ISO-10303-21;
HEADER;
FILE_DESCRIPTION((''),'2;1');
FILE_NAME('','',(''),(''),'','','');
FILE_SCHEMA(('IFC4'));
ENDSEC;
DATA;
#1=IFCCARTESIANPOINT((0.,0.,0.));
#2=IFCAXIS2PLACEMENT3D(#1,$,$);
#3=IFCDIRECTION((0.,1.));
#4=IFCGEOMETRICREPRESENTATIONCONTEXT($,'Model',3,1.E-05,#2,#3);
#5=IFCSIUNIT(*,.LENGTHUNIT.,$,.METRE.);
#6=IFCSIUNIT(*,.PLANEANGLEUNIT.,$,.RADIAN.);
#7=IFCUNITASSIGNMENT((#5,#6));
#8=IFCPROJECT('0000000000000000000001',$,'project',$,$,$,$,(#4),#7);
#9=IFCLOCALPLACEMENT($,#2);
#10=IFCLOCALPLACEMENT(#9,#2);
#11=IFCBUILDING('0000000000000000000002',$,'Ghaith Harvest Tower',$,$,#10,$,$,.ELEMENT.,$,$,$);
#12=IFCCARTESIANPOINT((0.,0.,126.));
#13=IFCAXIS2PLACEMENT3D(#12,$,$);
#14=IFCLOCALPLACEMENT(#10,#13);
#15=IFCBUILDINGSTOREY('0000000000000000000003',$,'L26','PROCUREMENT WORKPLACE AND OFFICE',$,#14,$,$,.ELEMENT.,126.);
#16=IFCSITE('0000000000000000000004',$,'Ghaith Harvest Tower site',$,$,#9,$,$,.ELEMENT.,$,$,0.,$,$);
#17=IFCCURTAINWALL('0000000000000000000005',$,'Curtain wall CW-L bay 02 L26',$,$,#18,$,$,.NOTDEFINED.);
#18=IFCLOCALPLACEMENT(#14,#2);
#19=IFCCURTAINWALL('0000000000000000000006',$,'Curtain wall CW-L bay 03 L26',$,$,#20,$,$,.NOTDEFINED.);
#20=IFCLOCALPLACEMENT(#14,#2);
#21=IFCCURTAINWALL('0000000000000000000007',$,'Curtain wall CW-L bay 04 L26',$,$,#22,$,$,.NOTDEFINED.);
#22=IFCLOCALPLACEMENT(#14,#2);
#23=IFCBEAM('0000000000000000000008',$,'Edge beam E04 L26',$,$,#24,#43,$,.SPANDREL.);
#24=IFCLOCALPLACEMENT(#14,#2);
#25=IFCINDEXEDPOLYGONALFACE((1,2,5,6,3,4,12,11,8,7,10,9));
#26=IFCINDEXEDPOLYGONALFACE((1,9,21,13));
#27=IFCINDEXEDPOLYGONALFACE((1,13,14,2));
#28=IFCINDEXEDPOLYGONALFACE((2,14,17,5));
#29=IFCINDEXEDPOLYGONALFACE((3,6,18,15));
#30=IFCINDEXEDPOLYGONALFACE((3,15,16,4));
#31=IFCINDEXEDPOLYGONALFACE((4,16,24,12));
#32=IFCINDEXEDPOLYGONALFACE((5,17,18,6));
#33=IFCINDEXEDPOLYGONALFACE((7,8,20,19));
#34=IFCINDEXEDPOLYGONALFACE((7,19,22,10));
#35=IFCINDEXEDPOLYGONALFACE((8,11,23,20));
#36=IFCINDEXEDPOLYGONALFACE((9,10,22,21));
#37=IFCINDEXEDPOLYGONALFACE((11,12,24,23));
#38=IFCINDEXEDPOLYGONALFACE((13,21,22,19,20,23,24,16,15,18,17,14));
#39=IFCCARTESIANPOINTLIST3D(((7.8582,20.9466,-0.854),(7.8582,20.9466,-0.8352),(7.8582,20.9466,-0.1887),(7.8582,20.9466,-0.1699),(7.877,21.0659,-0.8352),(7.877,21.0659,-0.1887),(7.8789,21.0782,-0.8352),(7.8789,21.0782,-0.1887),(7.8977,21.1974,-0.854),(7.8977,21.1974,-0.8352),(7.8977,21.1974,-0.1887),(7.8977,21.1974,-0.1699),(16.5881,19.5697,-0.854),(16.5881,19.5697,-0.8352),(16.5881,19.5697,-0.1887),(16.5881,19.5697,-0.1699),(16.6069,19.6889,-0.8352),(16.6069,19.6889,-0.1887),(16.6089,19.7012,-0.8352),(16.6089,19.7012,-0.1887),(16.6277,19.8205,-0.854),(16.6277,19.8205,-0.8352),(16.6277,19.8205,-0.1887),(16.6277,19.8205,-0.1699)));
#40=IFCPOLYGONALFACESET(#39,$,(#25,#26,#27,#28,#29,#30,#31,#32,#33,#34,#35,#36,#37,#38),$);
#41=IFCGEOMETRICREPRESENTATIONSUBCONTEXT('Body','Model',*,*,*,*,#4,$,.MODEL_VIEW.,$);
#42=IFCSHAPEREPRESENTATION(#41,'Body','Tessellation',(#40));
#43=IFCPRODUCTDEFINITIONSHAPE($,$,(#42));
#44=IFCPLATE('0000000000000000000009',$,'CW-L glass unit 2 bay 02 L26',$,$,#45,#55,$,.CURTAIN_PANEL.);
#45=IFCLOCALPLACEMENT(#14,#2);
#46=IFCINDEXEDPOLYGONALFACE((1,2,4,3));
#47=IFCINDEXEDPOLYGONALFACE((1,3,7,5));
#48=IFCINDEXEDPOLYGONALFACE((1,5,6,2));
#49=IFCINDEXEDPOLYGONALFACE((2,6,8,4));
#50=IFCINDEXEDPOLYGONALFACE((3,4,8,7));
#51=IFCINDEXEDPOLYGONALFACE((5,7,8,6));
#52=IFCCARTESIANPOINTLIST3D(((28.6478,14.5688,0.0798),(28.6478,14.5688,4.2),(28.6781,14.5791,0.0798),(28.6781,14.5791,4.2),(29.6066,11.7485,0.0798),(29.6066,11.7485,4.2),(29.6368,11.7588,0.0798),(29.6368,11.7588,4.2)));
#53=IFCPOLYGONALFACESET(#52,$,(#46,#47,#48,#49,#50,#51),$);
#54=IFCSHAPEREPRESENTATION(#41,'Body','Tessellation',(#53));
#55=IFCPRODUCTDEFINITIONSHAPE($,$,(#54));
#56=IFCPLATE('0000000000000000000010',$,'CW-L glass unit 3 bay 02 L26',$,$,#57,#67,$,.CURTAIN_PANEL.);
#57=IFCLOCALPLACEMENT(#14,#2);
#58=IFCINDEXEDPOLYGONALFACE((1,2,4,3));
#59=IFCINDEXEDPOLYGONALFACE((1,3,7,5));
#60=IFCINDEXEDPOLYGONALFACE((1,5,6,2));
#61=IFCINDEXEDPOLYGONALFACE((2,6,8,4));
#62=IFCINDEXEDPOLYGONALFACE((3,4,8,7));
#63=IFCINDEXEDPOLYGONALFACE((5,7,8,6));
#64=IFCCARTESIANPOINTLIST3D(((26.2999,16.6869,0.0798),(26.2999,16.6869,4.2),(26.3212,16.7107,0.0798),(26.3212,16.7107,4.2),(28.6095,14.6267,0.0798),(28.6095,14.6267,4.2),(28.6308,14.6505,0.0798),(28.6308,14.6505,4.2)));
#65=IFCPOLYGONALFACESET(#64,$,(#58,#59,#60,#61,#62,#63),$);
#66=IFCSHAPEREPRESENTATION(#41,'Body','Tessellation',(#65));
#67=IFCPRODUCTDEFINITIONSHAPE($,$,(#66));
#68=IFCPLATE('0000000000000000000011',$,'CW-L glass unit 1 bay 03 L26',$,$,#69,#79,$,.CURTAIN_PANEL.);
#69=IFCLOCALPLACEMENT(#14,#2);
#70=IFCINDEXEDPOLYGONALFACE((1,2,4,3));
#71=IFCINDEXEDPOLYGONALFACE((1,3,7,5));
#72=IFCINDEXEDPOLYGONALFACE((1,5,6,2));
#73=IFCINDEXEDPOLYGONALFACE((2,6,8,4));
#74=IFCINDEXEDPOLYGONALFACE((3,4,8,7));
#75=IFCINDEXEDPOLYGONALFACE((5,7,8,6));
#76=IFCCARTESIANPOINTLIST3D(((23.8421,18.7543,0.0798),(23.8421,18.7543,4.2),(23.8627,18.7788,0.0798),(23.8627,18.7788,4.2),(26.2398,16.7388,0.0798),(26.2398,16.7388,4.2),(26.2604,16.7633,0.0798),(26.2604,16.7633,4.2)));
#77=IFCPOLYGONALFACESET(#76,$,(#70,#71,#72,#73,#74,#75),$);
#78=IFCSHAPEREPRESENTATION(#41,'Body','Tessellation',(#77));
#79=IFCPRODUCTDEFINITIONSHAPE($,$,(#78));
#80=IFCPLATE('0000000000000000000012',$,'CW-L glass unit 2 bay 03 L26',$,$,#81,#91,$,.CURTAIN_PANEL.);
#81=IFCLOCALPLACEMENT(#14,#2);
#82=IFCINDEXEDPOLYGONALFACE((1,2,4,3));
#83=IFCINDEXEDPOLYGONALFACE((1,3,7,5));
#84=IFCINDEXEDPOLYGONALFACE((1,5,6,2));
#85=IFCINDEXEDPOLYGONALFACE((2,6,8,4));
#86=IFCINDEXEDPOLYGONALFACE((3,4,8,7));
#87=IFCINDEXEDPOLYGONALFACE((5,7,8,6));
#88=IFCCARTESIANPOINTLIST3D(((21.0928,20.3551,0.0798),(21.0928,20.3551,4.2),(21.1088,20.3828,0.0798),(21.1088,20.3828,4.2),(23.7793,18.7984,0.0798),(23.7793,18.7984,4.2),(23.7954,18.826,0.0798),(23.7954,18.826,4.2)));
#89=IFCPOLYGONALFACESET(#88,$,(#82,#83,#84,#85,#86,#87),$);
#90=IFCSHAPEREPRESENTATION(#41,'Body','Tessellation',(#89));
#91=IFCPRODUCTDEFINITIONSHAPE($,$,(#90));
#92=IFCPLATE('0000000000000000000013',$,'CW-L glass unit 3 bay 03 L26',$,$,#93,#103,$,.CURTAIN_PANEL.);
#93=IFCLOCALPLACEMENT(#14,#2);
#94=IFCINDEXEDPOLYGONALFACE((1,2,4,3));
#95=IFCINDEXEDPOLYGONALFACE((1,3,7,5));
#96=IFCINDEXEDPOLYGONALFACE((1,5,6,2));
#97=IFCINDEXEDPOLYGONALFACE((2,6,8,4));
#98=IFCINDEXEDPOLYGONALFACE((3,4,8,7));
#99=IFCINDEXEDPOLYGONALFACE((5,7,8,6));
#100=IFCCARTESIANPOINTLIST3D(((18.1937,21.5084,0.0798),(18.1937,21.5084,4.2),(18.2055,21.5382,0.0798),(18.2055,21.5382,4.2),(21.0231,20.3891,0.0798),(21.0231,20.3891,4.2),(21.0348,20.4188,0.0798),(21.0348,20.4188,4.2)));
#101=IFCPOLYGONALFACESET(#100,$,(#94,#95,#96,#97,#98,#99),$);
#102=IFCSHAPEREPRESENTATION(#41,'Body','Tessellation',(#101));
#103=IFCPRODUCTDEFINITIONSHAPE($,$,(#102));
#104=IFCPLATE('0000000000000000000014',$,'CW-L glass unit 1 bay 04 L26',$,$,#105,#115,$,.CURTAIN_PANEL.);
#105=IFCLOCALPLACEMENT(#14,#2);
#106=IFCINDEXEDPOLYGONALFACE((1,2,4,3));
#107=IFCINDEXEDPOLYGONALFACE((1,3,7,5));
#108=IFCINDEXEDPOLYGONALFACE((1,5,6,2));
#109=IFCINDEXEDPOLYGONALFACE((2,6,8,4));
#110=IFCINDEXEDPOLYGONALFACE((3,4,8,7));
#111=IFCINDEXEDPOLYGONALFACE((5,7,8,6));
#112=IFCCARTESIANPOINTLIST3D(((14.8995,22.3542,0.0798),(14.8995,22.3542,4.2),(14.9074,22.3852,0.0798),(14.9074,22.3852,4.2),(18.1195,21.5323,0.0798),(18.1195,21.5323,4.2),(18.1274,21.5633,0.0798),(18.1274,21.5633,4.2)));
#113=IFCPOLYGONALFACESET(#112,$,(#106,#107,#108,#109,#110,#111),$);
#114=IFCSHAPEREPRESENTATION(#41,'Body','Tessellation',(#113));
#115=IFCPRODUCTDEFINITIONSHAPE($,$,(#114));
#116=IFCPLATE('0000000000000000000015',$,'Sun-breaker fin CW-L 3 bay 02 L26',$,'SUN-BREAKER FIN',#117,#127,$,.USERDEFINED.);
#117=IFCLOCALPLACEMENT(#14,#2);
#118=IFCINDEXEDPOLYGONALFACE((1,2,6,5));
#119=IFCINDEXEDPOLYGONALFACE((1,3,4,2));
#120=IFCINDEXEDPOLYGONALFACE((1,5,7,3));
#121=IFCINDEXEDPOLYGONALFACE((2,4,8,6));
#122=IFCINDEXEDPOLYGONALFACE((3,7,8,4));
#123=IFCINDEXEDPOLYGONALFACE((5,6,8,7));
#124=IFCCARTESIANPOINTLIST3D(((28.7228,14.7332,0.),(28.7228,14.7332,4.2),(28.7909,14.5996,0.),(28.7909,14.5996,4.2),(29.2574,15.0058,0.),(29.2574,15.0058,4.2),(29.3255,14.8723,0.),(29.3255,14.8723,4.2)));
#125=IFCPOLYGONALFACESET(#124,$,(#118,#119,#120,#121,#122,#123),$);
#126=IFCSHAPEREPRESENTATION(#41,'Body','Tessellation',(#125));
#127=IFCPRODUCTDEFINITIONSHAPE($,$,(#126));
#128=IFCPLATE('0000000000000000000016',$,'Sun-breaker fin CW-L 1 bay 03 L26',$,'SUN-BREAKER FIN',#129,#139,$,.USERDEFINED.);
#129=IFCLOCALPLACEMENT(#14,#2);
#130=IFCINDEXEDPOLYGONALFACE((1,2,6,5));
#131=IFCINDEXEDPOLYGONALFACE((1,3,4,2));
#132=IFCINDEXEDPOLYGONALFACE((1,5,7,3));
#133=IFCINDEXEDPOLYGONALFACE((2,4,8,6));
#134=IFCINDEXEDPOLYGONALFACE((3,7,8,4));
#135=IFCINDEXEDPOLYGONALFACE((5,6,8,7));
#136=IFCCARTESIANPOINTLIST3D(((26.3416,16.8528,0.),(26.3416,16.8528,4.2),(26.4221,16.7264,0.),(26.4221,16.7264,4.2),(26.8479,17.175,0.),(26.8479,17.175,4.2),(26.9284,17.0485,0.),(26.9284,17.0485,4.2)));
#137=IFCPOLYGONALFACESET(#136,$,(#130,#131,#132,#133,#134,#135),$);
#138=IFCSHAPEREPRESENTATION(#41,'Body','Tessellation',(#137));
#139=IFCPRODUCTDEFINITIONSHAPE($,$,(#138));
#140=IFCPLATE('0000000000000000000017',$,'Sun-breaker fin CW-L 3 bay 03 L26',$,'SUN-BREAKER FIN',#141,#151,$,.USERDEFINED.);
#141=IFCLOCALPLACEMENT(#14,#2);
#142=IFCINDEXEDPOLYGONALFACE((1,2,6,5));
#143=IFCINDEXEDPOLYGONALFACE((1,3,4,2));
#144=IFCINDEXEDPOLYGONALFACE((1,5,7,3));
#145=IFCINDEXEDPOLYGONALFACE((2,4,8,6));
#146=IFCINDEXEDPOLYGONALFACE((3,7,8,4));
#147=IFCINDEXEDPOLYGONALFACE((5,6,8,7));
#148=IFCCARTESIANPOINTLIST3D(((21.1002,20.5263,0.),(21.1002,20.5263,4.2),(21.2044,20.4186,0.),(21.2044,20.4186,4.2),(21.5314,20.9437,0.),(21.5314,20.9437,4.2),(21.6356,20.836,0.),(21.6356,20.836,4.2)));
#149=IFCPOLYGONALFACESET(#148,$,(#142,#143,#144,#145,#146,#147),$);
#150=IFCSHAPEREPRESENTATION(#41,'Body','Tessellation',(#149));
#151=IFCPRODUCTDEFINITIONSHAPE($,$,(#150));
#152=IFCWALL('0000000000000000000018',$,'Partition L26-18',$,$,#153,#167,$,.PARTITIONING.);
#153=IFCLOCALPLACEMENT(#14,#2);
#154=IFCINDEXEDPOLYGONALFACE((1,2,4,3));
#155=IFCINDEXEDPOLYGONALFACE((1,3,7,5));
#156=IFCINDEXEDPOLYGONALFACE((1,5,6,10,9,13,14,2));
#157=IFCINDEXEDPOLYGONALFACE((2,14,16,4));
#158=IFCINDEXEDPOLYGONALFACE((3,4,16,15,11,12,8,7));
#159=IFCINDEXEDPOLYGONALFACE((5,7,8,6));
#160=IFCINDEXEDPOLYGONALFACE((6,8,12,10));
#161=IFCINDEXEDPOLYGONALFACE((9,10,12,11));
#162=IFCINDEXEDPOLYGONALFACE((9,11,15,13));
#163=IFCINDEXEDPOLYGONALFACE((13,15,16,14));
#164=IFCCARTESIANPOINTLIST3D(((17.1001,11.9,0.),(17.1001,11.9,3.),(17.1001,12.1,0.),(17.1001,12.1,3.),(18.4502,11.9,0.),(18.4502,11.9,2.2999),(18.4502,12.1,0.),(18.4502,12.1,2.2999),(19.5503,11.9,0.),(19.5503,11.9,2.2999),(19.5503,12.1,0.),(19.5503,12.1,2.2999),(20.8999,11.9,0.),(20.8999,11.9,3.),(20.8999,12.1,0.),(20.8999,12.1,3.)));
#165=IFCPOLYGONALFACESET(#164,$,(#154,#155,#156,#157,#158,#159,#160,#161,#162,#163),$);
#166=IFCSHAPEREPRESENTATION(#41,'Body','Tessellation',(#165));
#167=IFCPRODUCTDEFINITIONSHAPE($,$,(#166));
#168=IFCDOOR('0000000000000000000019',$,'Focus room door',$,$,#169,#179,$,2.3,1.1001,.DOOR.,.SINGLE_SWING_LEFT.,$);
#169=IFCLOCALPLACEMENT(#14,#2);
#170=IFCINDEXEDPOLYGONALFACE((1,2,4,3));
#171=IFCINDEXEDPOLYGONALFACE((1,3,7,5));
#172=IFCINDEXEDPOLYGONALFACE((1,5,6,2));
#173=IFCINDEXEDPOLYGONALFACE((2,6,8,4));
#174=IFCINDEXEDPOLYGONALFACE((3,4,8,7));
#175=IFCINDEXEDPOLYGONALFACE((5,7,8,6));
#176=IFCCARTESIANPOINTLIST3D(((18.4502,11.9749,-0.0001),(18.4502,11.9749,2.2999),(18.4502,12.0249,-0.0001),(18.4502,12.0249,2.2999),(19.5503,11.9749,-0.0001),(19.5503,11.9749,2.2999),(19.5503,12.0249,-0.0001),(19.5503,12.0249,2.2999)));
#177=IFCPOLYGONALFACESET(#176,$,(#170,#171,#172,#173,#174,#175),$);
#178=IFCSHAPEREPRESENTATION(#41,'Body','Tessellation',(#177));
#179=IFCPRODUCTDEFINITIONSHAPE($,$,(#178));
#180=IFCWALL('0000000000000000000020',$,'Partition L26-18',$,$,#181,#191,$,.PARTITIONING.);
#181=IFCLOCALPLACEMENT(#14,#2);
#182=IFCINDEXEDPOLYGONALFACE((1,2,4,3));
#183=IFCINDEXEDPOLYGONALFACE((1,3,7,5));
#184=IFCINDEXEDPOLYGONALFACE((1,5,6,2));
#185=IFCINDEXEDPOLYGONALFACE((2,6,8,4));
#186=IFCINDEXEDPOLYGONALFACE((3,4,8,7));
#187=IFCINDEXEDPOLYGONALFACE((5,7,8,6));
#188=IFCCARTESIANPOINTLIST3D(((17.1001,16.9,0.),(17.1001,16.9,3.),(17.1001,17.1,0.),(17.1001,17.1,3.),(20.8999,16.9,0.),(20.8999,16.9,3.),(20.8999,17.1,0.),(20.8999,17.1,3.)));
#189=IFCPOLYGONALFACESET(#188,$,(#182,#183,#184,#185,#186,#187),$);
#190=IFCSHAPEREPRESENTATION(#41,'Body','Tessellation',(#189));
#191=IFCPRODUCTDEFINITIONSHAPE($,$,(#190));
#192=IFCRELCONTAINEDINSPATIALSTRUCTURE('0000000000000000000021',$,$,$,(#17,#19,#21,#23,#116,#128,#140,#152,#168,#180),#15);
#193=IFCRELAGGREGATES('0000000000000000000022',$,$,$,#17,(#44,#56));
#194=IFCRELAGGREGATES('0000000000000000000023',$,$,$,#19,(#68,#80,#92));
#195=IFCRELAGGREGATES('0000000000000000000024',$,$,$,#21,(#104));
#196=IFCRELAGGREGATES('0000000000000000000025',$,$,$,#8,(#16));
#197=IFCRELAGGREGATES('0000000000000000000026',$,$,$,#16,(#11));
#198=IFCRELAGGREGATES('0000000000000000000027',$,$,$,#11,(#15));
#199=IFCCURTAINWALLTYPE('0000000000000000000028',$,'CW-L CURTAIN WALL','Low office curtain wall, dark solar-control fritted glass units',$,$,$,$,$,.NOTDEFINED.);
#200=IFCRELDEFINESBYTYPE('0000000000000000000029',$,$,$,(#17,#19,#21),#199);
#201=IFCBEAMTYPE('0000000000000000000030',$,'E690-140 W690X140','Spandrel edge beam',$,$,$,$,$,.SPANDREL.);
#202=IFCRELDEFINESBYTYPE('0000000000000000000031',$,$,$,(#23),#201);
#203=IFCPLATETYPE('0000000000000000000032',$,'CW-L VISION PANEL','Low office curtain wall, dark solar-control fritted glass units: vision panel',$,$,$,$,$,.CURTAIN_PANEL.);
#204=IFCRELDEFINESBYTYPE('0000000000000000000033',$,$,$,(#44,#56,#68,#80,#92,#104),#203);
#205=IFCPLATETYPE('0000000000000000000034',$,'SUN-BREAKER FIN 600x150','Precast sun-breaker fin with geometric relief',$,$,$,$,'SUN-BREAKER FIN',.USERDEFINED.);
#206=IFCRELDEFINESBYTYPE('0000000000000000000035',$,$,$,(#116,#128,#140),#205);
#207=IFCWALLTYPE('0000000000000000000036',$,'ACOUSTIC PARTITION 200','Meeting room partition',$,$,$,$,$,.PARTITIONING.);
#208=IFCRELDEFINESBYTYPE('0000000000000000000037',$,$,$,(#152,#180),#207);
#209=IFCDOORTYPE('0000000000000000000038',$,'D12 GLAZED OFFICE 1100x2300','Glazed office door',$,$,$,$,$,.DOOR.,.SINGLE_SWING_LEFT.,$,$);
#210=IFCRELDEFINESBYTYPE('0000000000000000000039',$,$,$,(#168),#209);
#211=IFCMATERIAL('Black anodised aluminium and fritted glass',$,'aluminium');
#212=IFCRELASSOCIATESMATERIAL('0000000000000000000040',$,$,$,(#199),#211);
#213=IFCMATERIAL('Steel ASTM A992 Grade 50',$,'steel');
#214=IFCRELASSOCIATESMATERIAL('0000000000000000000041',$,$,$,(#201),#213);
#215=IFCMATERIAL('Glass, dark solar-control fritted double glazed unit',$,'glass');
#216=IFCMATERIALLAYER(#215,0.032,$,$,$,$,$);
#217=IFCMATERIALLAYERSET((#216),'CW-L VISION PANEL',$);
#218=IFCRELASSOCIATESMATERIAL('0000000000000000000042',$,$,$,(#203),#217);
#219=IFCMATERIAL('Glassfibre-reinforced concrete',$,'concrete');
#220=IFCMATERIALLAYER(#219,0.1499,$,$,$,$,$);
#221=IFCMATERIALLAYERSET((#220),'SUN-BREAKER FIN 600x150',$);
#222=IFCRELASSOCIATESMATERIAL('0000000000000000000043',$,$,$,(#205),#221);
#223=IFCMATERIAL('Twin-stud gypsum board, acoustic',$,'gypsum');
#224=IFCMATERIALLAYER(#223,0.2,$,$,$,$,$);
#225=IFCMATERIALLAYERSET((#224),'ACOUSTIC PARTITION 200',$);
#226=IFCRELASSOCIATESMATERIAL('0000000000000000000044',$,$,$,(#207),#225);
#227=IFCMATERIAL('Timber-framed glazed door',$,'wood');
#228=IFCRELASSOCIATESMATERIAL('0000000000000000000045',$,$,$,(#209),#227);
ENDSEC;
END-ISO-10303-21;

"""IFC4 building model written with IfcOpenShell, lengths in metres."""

from ifc_helpers import new_model, si_unit, direction, frame, frame_2d, origin, origin_2d, place, context, subcontext, project, spatial, rectangle, i_section, extrude, material, layer, layer_set, material_profile, profile_set, type_object, element, fill, aggregate, save


model = new_model("IFC4")

# Units and contexts
model_context = context("Model", 3, precision=1e-05, world=origin(), true_north=direction((0.0, 1.0)))
body_context = subcontext(model_context, "Body", "Model", "MODEL_VIEW")
ifc_project = project(units=[si_unit("LENGTHUNIT", "METRE"), si_unit("PLANEANGLEUNIT", "RADIAN")], contexts=[model_context])

# Site, building, storey
site_placement = place(None, origin())
site = spatial("IfcSite", under=ifc_project, at=site_placement, Name="Ghaith Harvest Tower site", CompositionType="ELEMENT", RefElevation=0.0)
building_placement = place(site_placement, origin())
building = spatial("IfcBuilding", under=site, at=building_placement, Name="Ghaith Harvest Tower", CompositionType="ELEMENT")
storey_placement = place(building_placement, frame((0.0, 0.0, 126.0)))
storey = spatial("IfcBuildingStorey", under=building, at=storey_placement, Name="L26", Description="PROCUREMENT WORKPLACE AND OFFICE", CompositionType="ELEMENT", Elevation=126.0)

# Curtain wall
ifc_material_1 = material(Name="Black anodised aluminium and fritted glass", Category="aluminium")
curtain_wall_type = type_object("IfcCurtainWallType", Name="CW-L CURTAIN WALL", Description="Low office curtain wall, dark solar-control fritted glass units", PredefinedType="NOTDEFINED", material=ifc_material_1)
curtain_wall_1_placement = place(storey_placement, origin())
curtain_wall_1 = element("IfcCurtainWall", 1, at=curtain_wall_1_placement, inside=storey, type_object=curtain_wall_type, Name="Curtain wall CW-L bay 02 L26", PredefinedType="NOTDEFINED")

# Curtain wall
curtain_wall_2_placement = place(storey_placement, origin())
curtain_wall_2 = element("IfcCurtainWall", 2, at=curtain_wall_2_placement, inside=storey, type_object=curtain_wall_type, Name="Curtain wall CW-L bay 03 L26", PredefinedType="NOTDEFINED")

# Curtain wall
curtain_wall_3_placement = place(storey_placement, origin())
curtain_wall_3 = element("IfcCurtainWall", 3, at=curtain_wall_3_placement, inside=storey, type_object=curtain_wall_type, Name="Curtain wall CW-L bay 04 L26", PredefinedType="NOTDEFINED")

# Beam
ifc_material_2 = material(Name="Steel ASTM A992 Grade 50", Category="steel")
ifc_material_profile_1 = material_profile(ifc_material_2, i_section(OverallWidth=0.2539, OverallDepth=0.6841, WebThickness=0.0125, FlangeThickness=0.0188, at=origin_2d()), Name="W690X140")
ifc_profile_set_1 = profile_set([ifc_material_profile_1], Name="Steel ASTM A992 Grade 50")
beam_type = type_object("IfcBeamType", Name="E690-140 W690X140", Description="Spandrel edge beam", PredefinedType="SPANDREL", material=ifc_profile_set_1)
beam_1_placement = place(storey_placement, frame((16.6079, 19.6951, -0.512), z_axis=(-0.987788, 0.155801, 0.0), x_axis=(-0.155801, -0.987788, 0.0)))
element("IfcBeam", 4, at=beam_1_placement, inside=storey, type_object=beam_type, Name="Edge beam E04 L26", PredefinedType="SPANDREL", context=body_context, shape_type="SweptSolid", body=[
    extrude(i_section(OverallWidth=0.2539, OverallDepth=0.6841, WebThickness=0.0125, FlangeThickness=0.0188, at=origin_2d()), origin(), (0.0, 0.0, 1.0), 8.8379),
])

# Plates
ifc_material_3 = material(Name="Glass, dark solar-control fritted double glazed unit", Category="glass")
ifc_layer_1 = layer(ifc_material_3, 0.032)
ifc_layer_set_1 = layer_set([ifc_layer_1], Name="CW-L VISION PANEL")
plate_type_1 = type_object("IfcPlateType", Name="CW-L VISION PANEL", Description="Low office curtain wall, dark solar-control fritted glass units: vision panel", PredefinedType="CURTAIN_PANEL", material=ifc_layer_set_1)
plate_1_placement = place(storey_placement, frame((29.1423, 13.1638, 0.0798), z_axis=(0.0, 0.0, 1.0), x_axis=(-0.321853, 0.94679, 0.0)))
plate_1 = element("IfcPlate", 5, at=plate_1_placement, type_object=plate_type_1, Name="CW-L glass unit 2 bay 02 L26", PredefinedType="CURTAIN_PANEL", context=body_context, shape_type="SweptSolid", body=[
    extrude(rectangle(XDim=2.9788, YDim=0.032, at=origin_2d()), origin(), (0.0, 0.0, 1.0), 4.1201),
])
plate_2_placement = place(storey_placement, frame((27.4653, 15.6687, 0.0798), z_axis=(0.0, 0.0, 1.0), x_axis=(-0.746251, 0.665665, 0.0)))
plate_2 = element("IfcPlate", 6, at=plate_2_placement, type_object=plate_type_1, Name="CW-L glass unit 3 bay 02 L26", PredefinedType="CURTAIN_PANEL", context=body_context, shape_type="SweptSolid", body=[
    extrude(rectangle(XDim=3.095, YDim=0.032, at=origin_2d()), origin(), (0.0, 0.0, 1.0), 4.1201),
])
aggregate(curtain_wall_1, [plate_1, plate_2])
plate_3_placement = place(storey_placement, frame((25.0513, 17.7588, 0.0798), z_axis=(0.0, 0.0, 1.0), x_axis=(-0.765473, 0.643468, 0.0)))
plate_3 = element("IfcPlate", 7, at=plate_3_placement, type_object=plate_type_1, Name="CW-L glass unit 1 bay 03 L26", PredefinedType="CURTAIN_PANEL", context=body_context, shape_type="SweptSolid", body=[
    extrude(rectangle(XDim=3.1323, YDim=0.032, at=origin_2d()), origin(), (0.0, 0.0, 1.0), 4.1201),
])
plate_4_placement = place(storey_placement, frame((22.4441, 19.5906, 0.0798), z_axis=(0.0, 0.0, 1.0), x_axis=(-0.865232, 0.501372, 0.0)))
plate_4 = element("IfcPlate", 8, at=plate_4_placement, type_object=plate_type_1, Name="CW-L glass unit 2 bay 03 L26", PredefinedType="CURTAIN_PANEL", context=body_context, shape_type="SweptSolid", body=[
    extrude(rectangle(XDim=3.105, YDim=0.032, at=origin_2d()), origin(), (0.0, 0.0, 1.0), 4.1201),
])
plate_5_placement = place(storey_placement, frame((19.6143, 20.9636, 0.0798), z_axis=(0.0, 0.0, 1.0), x_axis=(-0.929877, 0.367872, 0.0)))
plate_5 = element("IfcPlate", 9, at=plate_5_placement, type_object=plate_type_1, Name="CW-L glass unit 3 bay 03 L26", PredefinedType="CURTAIN_PANEL", context=body_context, shape_type="SweptSolid", body=[
    extrude(rectangle(XDim=3.0427, YDim=0.032, at=origin_2d()), origin(), (0.0, 0.0, 1.0), 4.1201),
])
aggregate(curtain_wall_2, [plate_3, plate_4, plate_5])
plate_6_placement = place(storey_placement, frame((16.5134, 21.9587, 0.0798), z_axis=(0.0, 0.0, 1.0), x_axis=(-0.968931, 0.247331, 0.0)))
plate_6 = element("IfcPlate", 10, at=plate_6_placement, type_object=plate_type_1, Name="CW-L glass unit 1 bay 04 L26", PredefinedType="CURTAIN_PANEL", context=body_context, shape_type="SweptSolid", body=[
    extrude(rectangle(XDim=3.3232, YDim=0.032, at=origin_2d()), origin(), (0.0, 0.0, 1.0), 4.1201),
])
aggregate(curtain_wall_3, [plate_6])

# Plates
ifc_material_4 = material(Name="Glassfibre-reinforced concrete", Category="concrete")
ifc_layer_2 = layer(ifc_material_4, 0.1499)
ifc_layer_set_2 = layer_set([ifc_layer_2], Name="SUN-BREAKER FIN 600x150")
plate_type_2 = type_object("IfcPlateType", Name="SUN-BREAKER FIN 600x150", Description="Precast sun-breaker fin with geometric relief", ElementType="SUN-BREAKER FIN", PredefinedType="USERDEFINED", material=ifc_layer_set_2)
for number, where, z_axis, x_axis, name in (
    (11, (29.0242, 14.8027, 0.0), (0.0, 0.0, 1.0), (0.890831, 0.454335, 0.0), "Sun-breaker fin CW-L 3 bay 02 L26"),
    (12, (26.635, 16.9507, 0.0), (0.0, 0.0, 1.0), (0.843644, 0.536903, 0.0), "Sun-breaker fin CW-L 1 bay 03 L26"),
    (13, (21.3679, 20.6812, 0.0), (0.0, 0.0, 1.0), (0.718559, 0.695466, 0.0), "Sun-breaker fin CW-L 3 bay 03 L26"),
):
    element("IfcPlate", number, at=place(storey_placement, frame(where, z_axis=z_axis, x_axis=x_axis)), inside=storey, type_object=plate_type_2, Name=name, ObjectType="SUN-BREAKER FIN", PredefinedType="USERDEFINED", context=body_context, shape_type="SweptSolid", body=[
        extrude(rectangle(XDim=0.6001, YDim=0.1499, at=origin_2d()), origin(), (0.0, 0.0, 1.0), 4.2),
    ])

# Wall, opening, door
ifc_material_5 = material(Name="Twin-stud gypsum board, acoustic", Category="gypsum")
ifc_layer_3 = layer(ifc_material_5, 0.2)
ifc_layer_set_3 = layer_set([ifc_layer_3], Name="ACOUSTIC PARTITION 200")
wall_type_1 = type_object("IfcWallType", Name="ACOUSTIC PARTITION 200", Description="Meeting room partition", PredefinedType="PARTITIONING", material=ifc_layer_set_3)
wall_1_placement = place(storey_placement, frame((17.1001, 12.0, 0.0), z_axis=(0.0, 0.0, 1.0), x_axis=(1.0, 0.0, 0.0)))
wall_1 = element("IfcWall", 14, at=wall_1_placement, inside=storey, type_object=wall_type_1, Name="Partition L26-18", PredefinedType="PARTITIONING", context=body_context, shape_type="SweptSolid", body=[
    extrude(rectangle(XDim=3.7998, YDim=0.2, at=frame_2d((1.8999, 0.0))), origin(), (0.0, 0.0, 1.0), 3.0),
])
opening_placement = place(wall_1_placement, frame((1.3501, 0.0, 0.0)))
opening = element("IfcOpeningElement", 15, at=opening_placement, cuts=wall_1, PredefinedType="OPENING", context=body_context, shape_type="SweptSolid", body=[
    extrude(rectangle(XDim=1.1001, YDim=2.3, at=frame_2d((0.55, 1.1499))), frame((0.0, 0.1099, 0.0), z_axis=(0.0, -1.0, 0.0), x_axis=(1.0, 0.0, 0.0)), (0.0, 0.0, 1.0), 0.22),
])
ifc_material_6 = material(Name="Timber-framed glazed door", Category="wood")
door_type = type_object("IfcDoorType", Name="D12 GLAZED OFFICE 1100x2300", Description="Glazed office door", OperationType="SINGLE_SWING_LEFT", PredefinedType="DOOR", material=ifc_material_6)
door_placement = place(opening_placement, origin())
door = element("IfcDoor", 16, at=door_placement, inside=storey, type_object=door_type, Name="Focus room door", OperationType="SINGLE_SWING_LEFT", OverallHeight=2.3, OverallWidth=1.1001, PredefinedType="DOOR", context=body_context, shape_type="SweptSolid", body=[
    extrude(rectangle(XDim=1.1001, YDim=2.3, at=frame_2d((0.55, 1.1499))), frame((0.0, 0.0249, 0.0), z_axis=(0.0, -1.0, 0.0), x_axis=(1.0, 0.0, 0.0)), (0.0, 0.0, 1.0), 0.05),
])
fill(opening, door)

# Wall
wall_2_placement = place(storey_placement, frame((17.1001, 17.0, 0.0), z_axis=(0.0, 0.0, 1.0), x_axis=(1.0, 0.0, 0.0)))
element("IfcWall", 17, at=wall_2_placement, inside=storey, type_object=wall_type_1, Name="Partition L26-18", PredefinedType="PARTITIONING", context=body_context, shape_type="SweptSolid", body=[
    extrude(rectangle(XDim=3.7998, YDim=0.2, at=frame_2d((1.8999, 0.0))), origin(), (0.0, 0.0, 1.0), 3.0),
])

save(model, "model.ifc")
